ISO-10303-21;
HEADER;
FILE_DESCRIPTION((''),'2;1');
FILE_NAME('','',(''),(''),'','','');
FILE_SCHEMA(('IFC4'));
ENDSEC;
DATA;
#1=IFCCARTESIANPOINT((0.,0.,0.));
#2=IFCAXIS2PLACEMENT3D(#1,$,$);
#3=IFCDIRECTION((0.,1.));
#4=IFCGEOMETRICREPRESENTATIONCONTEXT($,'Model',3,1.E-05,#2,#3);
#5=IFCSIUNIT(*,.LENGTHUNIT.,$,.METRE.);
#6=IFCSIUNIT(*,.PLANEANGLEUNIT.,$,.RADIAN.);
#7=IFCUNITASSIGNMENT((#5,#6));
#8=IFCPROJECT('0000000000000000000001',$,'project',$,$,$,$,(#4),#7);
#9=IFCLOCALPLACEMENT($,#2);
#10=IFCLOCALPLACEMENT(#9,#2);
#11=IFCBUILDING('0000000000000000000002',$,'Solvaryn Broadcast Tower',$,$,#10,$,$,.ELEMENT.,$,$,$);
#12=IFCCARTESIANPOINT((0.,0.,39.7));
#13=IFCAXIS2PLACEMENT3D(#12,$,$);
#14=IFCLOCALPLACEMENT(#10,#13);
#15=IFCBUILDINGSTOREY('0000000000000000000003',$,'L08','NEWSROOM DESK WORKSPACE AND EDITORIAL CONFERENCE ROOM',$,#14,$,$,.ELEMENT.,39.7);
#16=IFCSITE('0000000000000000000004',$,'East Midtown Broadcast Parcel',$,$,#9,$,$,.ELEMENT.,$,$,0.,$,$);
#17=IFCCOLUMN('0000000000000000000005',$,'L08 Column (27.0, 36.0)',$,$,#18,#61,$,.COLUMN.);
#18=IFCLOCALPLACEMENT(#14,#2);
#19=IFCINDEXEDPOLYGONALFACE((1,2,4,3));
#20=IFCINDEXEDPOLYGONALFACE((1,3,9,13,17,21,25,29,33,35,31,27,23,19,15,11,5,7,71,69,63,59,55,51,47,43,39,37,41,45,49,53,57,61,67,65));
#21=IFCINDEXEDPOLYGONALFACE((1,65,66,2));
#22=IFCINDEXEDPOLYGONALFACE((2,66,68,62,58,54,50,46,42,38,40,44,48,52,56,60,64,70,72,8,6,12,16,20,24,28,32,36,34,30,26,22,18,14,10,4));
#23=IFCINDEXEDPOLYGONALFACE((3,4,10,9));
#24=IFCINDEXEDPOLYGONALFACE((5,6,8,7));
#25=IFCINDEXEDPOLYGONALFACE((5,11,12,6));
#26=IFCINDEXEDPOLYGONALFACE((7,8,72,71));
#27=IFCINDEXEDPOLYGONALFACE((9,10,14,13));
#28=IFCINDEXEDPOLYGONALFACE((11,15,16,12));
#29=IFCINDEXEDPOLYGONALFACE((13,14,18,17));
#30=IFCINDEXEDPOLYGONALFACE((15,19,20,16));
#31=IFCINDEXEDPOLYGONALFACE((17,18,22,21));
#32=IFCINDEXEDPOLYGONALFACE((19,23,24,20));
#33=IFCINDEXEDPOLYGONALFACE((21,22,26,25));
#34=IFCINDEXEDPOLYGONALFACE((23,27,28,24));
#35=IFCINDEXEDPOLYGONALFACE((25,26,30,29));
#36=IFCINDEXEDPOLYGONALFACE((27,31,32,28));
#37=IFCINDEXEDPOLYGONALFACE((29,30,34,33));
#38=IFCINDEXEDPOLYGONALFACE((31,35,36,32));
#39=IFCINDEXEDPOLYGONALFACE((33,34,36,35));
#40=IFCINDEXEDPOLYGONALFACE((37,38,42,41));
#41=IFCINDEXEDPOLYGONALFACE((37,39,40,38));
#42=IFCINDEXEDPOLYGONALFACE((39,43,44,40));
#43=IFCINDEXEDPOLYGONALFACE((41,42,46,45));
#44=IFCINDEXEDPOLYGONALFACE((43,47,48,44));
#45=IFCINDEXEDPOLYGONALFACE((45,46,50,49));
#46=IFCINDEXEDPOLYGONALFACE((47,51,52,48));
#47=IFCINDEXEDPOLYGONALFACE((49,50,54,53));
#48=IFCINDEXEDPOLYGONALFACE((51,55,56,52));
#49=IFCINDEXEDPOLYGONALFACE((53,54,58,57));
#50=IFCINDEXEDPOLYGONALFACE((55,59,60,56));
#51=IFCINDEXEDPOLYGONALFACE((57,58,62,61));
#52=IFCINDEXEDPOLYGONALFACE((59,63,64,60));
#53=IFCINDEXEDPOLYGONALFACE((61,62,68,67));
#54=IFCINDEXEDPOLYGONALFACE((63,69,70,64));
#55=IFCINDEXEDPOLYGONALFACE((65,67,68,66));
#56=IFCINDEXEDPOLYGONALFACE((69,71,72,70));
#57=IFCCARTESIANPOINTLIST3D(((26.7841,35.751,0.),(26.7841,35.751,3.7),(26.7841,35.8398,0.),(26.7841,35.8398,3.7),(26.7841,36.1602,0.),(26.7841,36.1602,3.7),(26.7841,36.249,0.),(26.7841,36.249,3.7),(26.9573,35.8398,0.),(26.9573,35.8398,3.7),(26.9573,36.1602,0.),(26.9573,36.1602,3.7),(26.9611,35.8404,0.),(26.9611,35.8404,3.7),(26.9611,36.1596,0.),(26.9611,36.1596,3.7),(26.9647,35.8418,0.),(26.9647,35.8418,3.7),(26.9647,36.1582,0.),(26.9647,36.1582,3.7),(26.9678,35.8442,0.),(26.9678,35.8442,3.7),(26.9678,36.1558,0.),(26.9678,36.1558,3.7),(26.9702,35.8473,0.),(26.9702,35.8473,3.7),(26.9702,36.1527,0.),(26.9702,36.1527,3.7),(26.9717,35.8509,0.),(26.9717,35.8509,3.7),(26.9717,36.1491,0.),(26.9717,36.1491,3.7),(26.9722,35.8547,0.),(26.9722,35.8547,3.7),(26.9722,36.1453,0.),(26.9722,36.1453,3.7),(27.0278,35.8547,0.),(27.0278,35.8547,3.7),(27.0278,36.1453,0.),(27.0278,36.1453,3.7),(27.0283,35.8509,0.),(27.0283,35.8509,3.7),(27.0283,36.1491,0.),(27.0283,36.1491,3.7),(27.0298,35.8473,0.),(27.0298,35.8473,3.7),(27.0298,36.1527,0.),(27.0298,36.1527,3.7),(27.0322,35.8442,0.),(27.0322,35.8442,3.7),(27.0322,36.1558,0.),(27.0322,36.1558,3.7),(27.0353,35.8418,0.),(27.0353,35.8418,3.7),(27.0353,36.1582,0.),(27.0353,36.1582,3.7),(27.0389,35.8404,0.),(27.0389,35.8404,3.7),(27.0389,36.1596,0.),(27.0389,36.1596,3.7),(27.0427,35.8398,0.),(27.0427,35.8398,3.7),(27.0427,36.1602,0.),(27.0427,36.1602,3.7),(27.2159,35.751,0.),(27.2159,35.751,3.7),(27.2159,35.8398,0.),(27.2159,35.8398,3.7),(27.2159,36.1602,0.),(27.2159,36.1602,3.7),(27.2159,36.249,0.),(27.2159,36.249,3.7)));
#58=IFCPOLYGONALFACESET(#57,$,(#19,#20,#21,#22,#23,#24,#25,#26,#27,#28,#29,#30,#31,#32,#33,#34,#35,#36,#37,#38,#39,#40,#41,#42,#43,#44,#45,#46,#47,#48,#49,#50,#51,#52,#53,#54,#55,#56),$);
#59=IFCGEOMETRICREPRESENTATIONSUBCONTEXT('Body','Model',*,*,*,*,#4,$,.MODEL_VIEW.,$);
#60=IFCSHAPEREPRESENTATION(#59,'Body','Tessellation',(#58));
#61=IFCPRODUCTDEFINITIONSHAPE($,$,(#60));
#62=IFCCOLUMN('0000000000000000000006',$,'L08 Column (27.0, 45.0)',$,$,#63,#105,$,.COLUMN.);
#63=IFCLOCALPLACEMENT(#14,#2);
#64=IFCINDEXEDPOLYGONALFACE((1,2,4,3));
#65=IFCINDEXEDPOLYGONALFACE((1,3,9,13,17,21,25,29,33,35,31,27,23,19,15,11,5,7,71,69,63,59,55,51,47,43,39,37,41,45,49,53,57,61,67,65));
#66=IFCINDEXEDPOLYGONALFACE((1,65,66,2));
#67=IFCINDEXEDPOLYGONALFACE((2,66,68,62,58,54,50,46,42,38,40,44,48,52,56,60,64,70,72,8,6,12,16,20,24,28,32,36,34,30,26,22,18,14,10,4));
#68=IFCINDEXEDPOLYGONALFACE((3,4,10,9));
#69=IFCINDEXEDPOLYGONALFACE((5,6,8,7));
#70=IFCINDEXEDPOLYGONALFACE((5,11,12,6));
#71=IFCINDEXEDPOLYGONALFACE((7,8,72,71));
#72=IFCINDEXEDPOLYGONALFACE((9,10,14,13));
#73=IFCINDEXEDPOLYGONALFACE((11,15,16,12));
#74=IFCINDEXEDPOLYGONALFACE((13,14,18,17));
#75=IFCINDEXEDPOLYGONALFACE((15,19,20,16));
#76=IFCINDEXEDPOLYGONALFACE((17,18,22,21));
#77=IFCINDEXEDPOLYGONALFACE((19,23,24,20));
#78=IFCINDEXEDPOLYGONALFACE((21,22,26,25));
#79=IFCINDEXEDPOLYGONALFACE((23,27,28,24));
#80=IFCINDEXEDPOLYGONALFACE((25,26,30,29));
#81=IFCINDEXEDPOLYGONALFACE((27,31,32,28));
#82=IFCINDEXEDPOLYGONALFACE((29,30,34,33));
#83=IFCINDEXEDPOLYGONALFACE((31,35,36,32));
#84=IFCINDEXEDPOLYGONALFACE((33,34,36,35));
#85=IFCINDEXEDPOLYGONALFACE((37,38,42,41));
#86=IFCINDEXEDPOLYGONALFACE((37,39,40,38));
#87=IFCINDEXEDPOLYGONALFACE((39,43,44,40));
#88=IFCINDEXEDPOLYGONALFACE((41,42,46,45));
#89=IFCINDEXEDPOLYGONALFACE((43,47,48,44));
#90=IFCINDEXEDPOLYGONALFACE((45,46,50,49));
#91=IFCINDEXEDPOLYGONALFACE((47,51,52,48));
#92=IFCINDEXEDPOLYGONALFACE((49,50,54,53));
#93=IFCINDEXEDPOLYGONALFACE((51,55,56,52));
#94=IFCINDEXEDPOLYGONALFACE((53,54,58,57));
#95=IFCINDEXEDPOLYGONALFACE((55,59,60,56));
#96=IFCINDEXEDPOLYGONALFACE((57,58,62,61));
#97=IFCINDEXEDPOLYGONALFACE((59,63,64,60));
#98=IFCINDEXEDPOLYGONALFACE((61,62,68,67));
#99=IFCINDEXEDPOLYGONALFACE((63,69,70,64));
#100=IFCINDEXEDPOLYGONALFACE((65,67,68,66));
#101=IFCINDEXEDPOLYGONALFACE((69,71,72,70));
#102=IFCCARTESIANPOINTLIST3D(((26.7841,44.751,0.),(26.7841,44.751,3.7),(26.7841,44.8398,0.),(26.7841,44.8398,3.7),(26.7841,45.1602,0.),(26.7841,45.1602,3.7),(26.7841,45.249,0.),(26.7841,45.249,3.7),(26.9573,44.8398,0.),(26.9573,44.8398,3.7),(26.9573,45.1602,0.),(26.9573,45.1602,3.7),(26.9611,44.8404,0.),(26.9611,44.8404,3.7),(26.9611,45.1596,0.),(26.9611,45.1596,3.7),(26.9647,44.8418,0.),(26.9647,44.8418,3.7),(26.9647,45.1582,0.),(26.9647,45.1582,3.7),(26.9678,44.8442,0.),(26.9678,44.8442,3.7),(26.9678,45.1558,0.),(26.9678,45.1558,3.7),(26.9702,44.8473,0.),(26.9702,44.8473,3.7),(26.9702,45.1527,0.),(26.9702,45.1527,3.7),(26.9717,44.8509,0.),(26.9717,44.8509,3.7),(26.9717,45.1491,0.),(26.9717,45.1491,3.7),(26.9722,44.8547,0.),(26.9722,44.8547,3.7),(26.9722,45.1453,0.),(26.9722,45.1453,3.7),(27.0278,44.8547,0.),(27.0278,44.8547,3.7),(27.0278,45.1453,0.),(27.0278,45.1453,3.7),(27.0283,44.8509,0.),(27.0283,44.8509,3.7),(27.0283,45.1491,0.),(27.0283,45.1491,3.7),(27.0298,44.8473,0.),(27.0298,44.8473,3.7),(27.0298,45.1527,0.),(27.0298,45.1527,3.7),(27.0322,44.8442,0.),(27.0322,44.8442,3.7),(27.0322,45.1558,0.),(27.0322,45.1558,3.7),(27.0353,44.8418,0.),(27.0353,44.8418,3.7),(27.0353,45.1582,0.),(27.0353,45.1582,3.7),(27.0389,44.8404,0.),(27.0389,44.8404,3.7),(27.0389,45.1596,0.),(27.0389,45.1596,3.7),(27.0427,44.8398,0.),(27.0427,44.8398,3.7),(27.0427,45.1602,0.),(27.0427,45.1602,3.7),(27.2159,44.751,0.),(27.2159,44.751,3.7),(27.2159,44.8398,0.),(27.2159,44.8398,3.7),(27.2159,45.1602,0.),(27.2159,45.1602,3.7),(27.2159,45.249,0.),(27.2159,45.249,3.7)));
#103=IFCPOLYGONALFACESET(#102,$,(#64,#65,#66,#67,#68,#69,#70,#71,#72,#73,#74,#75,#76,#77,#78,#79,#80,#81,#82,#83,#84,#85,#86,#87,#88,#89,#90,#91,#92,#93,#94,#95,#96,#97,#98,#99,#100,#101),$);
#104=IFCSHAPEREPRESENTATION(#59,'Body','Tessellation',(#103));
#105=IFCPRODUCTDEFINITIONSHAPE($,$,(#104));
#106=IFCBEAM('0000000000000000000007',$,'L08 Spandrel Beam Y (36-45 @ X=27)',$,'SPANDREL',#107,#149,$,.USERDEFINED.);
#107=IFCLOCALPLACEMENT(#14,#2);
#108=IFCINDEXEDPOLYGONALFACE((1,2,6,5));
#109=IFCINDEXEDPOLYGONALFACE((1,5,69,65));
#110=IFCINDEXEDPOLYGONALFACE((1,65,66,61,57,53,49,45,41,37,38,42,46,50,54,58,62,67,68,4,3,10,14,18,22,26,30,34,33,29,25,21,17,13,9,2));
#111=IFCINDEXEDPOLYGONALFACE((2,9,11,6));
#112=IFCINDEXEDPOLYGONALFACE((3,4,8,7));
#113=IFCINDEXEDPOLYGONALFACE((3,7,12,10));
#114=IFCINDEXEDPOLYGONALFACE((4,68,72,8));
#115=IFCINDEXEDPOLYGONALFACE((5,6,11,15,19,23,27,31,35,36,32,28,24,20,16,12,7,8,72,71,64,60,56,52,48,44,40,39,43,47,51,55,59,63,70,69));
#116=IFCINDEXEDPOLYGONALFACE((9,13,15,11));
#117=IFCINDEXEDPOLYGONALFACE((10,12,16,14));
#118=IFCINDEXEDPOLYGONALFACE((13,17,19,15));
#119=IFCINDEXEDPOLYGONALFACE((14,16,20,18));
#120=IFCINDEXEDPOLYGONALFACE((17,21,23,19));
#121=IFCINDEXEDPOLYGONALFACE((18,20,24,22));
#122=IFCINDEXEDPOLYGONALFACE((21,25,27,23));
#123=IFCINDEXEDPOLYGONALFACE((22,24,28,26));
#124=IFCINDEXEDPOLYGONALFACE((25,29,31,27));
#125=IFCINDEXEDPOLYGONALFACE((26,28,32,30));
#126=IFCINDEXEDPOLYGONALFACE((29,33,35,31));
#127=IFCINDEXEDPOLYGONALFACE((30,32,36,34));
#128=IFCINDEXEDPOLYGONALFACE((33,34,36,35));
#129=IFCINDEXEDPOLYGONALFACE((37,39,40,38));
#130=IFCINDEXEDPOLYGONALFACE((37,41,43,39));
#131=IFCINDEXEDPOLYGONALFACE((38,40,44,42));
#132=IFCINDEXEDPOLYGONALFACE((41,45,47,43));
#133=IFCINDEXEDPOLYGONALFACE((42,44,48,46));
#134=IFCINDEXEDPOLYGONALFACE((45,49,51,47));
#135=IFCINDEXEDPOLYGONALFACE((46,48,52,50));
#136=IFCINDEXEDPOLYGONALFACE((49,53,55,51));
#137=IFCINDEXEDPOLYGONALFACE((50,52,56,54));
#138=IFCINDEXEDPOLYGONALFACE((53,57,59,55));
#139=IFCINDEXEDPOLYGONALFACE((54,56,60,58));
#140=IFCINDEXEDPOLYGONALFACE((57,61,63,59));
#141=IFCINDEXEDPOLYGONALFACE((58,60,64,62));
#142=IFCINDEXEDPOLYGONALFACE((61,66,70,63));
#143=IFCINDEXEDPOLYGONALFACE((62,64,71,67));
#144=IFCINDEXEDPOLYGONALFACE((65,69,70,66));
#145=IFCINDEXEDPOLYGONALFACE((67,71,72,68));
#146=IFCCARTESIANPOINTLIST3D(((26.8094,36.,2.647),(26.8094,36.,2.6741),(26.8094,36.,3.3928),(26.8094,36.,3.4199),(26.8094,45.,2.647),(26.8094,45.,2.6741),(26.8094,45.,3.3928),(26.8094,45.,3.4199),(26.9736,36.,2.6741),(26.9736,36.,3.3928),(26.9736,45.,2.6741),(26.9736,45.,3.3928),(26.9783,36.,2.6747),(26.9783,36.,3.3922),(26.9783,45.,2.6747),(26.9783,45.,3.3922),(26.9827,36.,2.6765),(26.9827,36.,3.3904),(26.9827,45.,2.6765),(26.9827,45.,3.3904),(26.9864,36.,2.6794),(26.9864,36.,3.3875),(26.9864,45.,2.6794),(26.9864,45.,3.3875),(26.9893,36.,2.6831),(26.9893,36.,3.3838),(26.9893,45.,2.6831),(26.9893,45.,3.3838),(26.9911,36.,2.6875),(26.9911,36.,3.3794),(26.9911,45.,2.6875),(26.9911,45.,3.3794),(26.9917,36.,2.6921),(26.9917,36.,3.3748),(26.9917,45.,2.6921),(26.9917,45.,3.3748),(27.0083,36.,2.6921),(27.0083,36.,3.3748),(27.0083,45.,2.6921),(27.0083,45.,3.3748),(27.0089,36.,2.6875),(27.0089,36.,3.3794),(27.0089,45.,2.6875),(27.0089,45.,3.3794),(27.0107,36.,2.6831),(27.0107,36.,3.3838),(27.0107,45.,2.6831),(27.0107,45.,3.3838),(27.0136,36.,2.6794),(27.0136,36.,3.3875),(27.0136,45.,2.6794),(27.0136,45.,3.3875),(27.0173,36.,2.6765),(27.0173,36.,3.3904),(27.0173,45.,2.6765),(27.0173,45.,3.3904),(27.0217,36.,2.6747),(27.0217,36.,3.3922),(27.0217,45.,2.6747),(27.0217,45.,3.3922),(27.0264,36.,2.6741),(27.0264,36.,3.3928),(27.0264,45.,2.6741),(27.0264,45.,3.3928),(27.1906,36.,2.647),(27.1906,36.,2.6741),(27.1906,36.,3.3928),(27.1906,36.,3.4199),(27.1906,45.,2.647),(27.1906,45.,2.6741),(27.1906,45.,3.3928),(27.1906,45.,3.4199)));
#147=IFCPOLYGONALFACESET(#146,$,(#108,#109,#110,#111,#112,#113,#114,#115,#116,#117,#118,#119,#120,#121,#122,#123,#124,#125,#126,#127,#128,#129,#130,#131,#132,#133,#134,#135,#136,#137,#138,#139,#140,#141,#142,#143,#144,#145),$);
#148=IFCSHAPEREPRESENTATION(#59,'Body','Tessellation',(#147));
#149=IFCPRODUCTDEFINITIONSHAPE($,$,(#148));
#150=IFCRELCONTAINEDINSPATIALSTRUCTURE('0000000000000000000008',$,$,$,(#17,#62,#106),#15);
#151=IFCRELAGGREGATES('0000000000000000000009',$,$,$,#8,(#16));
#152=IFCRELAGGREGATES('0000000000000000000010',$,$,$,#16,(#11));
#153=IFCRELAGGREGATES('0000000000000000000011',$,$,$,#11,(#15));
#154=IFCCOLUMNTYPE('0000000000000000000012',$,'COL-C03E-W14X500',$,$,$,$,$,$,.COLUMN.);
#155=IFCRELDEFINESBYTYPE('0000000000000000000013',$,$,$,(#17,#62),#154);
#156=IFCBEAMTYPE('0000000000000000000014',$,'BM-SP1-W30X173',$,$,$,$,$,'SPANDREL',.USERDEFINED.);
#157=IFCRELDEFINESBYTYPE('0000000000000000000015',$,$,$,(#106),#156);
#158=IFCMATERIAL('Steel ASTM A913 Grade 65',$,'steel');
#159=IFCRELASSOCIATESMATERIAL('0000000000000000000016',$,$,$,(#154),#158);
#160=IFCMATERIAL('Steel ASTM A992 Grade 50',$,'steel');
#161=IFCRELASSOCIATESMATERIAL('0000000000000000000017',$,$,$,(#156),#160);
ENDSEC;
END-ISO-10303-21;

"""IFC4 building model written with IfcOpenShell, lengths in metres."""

from ifc_helpers import new_model, si_unit, direction, frame, origin, origin_2d, place, context, subcontext, project, spatial, i_section, extrude, material, material_profile, profile_set, type_object, element, save


model = new_model("IFC4")

# Units and contexts
model_context = context("Model", 3, precision=1e-05, world=origin(), true_north=direction((0.0, 1.0)))
body_context = subcontext(model_context, "Body", "Model", "MODEL_VIEW")
ifc_project = project(units=[si_unit("LENGTHUNIT", "METRE"), si_unit("PLANEANGLEUNIT", "RADIAN")], contexts=[model_context])

# Site, building, storey
site_placement = place(None, origin())
site = spatial("IfcSite", under=ifc_project, at=site_placement, Name="East Midtown Broadcast Parcel", CompositionType="ELEMENT", RefElevation=0.0)
building_placement = place(site_placement, origin())
building = spatial("IfcBuilding", under=site, at=building_placement, Name="Solvaryn Broadcast Tower", CompositionType="ELEMENT")
storey_placement = place(building_placement, frame((0.0, 0.0, 39.7)))
storey = spatial("IfcBuildingStorey", under=building, at=storey_placement, Name="L08", Description="NEWSROOM DESK WORKSPACE AND EDITORIAL CONFERENCE ROOM", CompositionType="ELEMENT", Elevation=39.7)

# Columns
ifc_material_1 = material(Name="Steel ASTM A913 Grade 65", Category="steel")
ifc_material_profile_1 = material_profile(ifc_material_1, i_section(OverallWidth=0.4319, OverallDepth=0.498, WebThickness=0.0557, FlangeThickness=0.0889, FilletRadius=0.0149, at=origin_2d()))
ifc_profile_set_1 = profile_set([ifc_material_profile_1], Name="Steel ASTM A913 Grade 65")
column_type = type_object("IfcColumnType", Name="COL-C03E-W14X500", PredefinedType="COLUMN", material=ifc_profile_set_1)
for number, where, z_axis, x_axis, name in (
    (1, (27.0, 36.0, 0.0), (0.0, 0.0, 1.0), (1.0, 0.0, 0.0), "L08 Column (27.0, 36.0)"),
    (2, (27.0, 45.0, 0.0), (0.0, 0.0, 1.0), (1.0, 0.0, 0.0), "L08 Column (27.0, 45.0)"),
):
    element("IfcColumn", number, at=place(storey_placement, frame(where, z_axis=z_axis, x_axis=x_axis)), inside=storey, type_object=column_type, Name=name, PredefinedType="COLUMN", context=body_context, shape_type="SweptSolid", body=[
        extrude(i_section(OverallWidth=0.4319, OverallDepth=0.498, WebThickness=0.0557, FlangeThickness=0.0889, FilletRadius=0.0149, at=origin_2d()), origin(), (0.0, 0.0, 1.0), 3.7),
    ])

# Beam
ifc_material_2 = material(Name="Steel ASTM A992 Grade 50", Category="steel")
ifc_material_profile_2 = material_profile(ifc_material_2, i_section(OverallWidth=0.3811, OverallDepth=0.7729, WebThickness=0.0166, FlangeThickness=0.0271, FilletRadius=0.0181, at=origin_2d()))
ifc_profile_set_2 = profile_set([ifc_material_profile_2], Name="Steel ASTM A992 Grade 50")
beam_type = type_object("IfcBeamType", Name="BM-SP1-W30X173", ElementType="SPANDREL", PredefinedType="USERDEFINED", material=ifc_profile_set_2)
beam_placement = place(storey_placement, frame((27.0, 36.0, 3.0334), z_axis=(0.0, 1.0, 0.0), x_axis=(-1.0, 0.0, 0.0)))
element("IfcBeam", 3, at=beam_placement, inside=storey, type_object=beam_type, Name="L08 Spandrel Beam Y (36-45 @ X=27)", ObjectType="SPANDREL", PredefinedType="USERDEFINED", context=body_context, shape_type="SweptSolid", body=[
    extrude(i_section(OverallWidth=0.3811, OverallDepth=0.7729, WebThickness=0.0166, FlangeThickness=0.0271, FilletRadius=0.0181, at=origin_2d()), origin(), (0.0, 0.0, 1.0), 9.0),
])

save(model, "model.ifc")
